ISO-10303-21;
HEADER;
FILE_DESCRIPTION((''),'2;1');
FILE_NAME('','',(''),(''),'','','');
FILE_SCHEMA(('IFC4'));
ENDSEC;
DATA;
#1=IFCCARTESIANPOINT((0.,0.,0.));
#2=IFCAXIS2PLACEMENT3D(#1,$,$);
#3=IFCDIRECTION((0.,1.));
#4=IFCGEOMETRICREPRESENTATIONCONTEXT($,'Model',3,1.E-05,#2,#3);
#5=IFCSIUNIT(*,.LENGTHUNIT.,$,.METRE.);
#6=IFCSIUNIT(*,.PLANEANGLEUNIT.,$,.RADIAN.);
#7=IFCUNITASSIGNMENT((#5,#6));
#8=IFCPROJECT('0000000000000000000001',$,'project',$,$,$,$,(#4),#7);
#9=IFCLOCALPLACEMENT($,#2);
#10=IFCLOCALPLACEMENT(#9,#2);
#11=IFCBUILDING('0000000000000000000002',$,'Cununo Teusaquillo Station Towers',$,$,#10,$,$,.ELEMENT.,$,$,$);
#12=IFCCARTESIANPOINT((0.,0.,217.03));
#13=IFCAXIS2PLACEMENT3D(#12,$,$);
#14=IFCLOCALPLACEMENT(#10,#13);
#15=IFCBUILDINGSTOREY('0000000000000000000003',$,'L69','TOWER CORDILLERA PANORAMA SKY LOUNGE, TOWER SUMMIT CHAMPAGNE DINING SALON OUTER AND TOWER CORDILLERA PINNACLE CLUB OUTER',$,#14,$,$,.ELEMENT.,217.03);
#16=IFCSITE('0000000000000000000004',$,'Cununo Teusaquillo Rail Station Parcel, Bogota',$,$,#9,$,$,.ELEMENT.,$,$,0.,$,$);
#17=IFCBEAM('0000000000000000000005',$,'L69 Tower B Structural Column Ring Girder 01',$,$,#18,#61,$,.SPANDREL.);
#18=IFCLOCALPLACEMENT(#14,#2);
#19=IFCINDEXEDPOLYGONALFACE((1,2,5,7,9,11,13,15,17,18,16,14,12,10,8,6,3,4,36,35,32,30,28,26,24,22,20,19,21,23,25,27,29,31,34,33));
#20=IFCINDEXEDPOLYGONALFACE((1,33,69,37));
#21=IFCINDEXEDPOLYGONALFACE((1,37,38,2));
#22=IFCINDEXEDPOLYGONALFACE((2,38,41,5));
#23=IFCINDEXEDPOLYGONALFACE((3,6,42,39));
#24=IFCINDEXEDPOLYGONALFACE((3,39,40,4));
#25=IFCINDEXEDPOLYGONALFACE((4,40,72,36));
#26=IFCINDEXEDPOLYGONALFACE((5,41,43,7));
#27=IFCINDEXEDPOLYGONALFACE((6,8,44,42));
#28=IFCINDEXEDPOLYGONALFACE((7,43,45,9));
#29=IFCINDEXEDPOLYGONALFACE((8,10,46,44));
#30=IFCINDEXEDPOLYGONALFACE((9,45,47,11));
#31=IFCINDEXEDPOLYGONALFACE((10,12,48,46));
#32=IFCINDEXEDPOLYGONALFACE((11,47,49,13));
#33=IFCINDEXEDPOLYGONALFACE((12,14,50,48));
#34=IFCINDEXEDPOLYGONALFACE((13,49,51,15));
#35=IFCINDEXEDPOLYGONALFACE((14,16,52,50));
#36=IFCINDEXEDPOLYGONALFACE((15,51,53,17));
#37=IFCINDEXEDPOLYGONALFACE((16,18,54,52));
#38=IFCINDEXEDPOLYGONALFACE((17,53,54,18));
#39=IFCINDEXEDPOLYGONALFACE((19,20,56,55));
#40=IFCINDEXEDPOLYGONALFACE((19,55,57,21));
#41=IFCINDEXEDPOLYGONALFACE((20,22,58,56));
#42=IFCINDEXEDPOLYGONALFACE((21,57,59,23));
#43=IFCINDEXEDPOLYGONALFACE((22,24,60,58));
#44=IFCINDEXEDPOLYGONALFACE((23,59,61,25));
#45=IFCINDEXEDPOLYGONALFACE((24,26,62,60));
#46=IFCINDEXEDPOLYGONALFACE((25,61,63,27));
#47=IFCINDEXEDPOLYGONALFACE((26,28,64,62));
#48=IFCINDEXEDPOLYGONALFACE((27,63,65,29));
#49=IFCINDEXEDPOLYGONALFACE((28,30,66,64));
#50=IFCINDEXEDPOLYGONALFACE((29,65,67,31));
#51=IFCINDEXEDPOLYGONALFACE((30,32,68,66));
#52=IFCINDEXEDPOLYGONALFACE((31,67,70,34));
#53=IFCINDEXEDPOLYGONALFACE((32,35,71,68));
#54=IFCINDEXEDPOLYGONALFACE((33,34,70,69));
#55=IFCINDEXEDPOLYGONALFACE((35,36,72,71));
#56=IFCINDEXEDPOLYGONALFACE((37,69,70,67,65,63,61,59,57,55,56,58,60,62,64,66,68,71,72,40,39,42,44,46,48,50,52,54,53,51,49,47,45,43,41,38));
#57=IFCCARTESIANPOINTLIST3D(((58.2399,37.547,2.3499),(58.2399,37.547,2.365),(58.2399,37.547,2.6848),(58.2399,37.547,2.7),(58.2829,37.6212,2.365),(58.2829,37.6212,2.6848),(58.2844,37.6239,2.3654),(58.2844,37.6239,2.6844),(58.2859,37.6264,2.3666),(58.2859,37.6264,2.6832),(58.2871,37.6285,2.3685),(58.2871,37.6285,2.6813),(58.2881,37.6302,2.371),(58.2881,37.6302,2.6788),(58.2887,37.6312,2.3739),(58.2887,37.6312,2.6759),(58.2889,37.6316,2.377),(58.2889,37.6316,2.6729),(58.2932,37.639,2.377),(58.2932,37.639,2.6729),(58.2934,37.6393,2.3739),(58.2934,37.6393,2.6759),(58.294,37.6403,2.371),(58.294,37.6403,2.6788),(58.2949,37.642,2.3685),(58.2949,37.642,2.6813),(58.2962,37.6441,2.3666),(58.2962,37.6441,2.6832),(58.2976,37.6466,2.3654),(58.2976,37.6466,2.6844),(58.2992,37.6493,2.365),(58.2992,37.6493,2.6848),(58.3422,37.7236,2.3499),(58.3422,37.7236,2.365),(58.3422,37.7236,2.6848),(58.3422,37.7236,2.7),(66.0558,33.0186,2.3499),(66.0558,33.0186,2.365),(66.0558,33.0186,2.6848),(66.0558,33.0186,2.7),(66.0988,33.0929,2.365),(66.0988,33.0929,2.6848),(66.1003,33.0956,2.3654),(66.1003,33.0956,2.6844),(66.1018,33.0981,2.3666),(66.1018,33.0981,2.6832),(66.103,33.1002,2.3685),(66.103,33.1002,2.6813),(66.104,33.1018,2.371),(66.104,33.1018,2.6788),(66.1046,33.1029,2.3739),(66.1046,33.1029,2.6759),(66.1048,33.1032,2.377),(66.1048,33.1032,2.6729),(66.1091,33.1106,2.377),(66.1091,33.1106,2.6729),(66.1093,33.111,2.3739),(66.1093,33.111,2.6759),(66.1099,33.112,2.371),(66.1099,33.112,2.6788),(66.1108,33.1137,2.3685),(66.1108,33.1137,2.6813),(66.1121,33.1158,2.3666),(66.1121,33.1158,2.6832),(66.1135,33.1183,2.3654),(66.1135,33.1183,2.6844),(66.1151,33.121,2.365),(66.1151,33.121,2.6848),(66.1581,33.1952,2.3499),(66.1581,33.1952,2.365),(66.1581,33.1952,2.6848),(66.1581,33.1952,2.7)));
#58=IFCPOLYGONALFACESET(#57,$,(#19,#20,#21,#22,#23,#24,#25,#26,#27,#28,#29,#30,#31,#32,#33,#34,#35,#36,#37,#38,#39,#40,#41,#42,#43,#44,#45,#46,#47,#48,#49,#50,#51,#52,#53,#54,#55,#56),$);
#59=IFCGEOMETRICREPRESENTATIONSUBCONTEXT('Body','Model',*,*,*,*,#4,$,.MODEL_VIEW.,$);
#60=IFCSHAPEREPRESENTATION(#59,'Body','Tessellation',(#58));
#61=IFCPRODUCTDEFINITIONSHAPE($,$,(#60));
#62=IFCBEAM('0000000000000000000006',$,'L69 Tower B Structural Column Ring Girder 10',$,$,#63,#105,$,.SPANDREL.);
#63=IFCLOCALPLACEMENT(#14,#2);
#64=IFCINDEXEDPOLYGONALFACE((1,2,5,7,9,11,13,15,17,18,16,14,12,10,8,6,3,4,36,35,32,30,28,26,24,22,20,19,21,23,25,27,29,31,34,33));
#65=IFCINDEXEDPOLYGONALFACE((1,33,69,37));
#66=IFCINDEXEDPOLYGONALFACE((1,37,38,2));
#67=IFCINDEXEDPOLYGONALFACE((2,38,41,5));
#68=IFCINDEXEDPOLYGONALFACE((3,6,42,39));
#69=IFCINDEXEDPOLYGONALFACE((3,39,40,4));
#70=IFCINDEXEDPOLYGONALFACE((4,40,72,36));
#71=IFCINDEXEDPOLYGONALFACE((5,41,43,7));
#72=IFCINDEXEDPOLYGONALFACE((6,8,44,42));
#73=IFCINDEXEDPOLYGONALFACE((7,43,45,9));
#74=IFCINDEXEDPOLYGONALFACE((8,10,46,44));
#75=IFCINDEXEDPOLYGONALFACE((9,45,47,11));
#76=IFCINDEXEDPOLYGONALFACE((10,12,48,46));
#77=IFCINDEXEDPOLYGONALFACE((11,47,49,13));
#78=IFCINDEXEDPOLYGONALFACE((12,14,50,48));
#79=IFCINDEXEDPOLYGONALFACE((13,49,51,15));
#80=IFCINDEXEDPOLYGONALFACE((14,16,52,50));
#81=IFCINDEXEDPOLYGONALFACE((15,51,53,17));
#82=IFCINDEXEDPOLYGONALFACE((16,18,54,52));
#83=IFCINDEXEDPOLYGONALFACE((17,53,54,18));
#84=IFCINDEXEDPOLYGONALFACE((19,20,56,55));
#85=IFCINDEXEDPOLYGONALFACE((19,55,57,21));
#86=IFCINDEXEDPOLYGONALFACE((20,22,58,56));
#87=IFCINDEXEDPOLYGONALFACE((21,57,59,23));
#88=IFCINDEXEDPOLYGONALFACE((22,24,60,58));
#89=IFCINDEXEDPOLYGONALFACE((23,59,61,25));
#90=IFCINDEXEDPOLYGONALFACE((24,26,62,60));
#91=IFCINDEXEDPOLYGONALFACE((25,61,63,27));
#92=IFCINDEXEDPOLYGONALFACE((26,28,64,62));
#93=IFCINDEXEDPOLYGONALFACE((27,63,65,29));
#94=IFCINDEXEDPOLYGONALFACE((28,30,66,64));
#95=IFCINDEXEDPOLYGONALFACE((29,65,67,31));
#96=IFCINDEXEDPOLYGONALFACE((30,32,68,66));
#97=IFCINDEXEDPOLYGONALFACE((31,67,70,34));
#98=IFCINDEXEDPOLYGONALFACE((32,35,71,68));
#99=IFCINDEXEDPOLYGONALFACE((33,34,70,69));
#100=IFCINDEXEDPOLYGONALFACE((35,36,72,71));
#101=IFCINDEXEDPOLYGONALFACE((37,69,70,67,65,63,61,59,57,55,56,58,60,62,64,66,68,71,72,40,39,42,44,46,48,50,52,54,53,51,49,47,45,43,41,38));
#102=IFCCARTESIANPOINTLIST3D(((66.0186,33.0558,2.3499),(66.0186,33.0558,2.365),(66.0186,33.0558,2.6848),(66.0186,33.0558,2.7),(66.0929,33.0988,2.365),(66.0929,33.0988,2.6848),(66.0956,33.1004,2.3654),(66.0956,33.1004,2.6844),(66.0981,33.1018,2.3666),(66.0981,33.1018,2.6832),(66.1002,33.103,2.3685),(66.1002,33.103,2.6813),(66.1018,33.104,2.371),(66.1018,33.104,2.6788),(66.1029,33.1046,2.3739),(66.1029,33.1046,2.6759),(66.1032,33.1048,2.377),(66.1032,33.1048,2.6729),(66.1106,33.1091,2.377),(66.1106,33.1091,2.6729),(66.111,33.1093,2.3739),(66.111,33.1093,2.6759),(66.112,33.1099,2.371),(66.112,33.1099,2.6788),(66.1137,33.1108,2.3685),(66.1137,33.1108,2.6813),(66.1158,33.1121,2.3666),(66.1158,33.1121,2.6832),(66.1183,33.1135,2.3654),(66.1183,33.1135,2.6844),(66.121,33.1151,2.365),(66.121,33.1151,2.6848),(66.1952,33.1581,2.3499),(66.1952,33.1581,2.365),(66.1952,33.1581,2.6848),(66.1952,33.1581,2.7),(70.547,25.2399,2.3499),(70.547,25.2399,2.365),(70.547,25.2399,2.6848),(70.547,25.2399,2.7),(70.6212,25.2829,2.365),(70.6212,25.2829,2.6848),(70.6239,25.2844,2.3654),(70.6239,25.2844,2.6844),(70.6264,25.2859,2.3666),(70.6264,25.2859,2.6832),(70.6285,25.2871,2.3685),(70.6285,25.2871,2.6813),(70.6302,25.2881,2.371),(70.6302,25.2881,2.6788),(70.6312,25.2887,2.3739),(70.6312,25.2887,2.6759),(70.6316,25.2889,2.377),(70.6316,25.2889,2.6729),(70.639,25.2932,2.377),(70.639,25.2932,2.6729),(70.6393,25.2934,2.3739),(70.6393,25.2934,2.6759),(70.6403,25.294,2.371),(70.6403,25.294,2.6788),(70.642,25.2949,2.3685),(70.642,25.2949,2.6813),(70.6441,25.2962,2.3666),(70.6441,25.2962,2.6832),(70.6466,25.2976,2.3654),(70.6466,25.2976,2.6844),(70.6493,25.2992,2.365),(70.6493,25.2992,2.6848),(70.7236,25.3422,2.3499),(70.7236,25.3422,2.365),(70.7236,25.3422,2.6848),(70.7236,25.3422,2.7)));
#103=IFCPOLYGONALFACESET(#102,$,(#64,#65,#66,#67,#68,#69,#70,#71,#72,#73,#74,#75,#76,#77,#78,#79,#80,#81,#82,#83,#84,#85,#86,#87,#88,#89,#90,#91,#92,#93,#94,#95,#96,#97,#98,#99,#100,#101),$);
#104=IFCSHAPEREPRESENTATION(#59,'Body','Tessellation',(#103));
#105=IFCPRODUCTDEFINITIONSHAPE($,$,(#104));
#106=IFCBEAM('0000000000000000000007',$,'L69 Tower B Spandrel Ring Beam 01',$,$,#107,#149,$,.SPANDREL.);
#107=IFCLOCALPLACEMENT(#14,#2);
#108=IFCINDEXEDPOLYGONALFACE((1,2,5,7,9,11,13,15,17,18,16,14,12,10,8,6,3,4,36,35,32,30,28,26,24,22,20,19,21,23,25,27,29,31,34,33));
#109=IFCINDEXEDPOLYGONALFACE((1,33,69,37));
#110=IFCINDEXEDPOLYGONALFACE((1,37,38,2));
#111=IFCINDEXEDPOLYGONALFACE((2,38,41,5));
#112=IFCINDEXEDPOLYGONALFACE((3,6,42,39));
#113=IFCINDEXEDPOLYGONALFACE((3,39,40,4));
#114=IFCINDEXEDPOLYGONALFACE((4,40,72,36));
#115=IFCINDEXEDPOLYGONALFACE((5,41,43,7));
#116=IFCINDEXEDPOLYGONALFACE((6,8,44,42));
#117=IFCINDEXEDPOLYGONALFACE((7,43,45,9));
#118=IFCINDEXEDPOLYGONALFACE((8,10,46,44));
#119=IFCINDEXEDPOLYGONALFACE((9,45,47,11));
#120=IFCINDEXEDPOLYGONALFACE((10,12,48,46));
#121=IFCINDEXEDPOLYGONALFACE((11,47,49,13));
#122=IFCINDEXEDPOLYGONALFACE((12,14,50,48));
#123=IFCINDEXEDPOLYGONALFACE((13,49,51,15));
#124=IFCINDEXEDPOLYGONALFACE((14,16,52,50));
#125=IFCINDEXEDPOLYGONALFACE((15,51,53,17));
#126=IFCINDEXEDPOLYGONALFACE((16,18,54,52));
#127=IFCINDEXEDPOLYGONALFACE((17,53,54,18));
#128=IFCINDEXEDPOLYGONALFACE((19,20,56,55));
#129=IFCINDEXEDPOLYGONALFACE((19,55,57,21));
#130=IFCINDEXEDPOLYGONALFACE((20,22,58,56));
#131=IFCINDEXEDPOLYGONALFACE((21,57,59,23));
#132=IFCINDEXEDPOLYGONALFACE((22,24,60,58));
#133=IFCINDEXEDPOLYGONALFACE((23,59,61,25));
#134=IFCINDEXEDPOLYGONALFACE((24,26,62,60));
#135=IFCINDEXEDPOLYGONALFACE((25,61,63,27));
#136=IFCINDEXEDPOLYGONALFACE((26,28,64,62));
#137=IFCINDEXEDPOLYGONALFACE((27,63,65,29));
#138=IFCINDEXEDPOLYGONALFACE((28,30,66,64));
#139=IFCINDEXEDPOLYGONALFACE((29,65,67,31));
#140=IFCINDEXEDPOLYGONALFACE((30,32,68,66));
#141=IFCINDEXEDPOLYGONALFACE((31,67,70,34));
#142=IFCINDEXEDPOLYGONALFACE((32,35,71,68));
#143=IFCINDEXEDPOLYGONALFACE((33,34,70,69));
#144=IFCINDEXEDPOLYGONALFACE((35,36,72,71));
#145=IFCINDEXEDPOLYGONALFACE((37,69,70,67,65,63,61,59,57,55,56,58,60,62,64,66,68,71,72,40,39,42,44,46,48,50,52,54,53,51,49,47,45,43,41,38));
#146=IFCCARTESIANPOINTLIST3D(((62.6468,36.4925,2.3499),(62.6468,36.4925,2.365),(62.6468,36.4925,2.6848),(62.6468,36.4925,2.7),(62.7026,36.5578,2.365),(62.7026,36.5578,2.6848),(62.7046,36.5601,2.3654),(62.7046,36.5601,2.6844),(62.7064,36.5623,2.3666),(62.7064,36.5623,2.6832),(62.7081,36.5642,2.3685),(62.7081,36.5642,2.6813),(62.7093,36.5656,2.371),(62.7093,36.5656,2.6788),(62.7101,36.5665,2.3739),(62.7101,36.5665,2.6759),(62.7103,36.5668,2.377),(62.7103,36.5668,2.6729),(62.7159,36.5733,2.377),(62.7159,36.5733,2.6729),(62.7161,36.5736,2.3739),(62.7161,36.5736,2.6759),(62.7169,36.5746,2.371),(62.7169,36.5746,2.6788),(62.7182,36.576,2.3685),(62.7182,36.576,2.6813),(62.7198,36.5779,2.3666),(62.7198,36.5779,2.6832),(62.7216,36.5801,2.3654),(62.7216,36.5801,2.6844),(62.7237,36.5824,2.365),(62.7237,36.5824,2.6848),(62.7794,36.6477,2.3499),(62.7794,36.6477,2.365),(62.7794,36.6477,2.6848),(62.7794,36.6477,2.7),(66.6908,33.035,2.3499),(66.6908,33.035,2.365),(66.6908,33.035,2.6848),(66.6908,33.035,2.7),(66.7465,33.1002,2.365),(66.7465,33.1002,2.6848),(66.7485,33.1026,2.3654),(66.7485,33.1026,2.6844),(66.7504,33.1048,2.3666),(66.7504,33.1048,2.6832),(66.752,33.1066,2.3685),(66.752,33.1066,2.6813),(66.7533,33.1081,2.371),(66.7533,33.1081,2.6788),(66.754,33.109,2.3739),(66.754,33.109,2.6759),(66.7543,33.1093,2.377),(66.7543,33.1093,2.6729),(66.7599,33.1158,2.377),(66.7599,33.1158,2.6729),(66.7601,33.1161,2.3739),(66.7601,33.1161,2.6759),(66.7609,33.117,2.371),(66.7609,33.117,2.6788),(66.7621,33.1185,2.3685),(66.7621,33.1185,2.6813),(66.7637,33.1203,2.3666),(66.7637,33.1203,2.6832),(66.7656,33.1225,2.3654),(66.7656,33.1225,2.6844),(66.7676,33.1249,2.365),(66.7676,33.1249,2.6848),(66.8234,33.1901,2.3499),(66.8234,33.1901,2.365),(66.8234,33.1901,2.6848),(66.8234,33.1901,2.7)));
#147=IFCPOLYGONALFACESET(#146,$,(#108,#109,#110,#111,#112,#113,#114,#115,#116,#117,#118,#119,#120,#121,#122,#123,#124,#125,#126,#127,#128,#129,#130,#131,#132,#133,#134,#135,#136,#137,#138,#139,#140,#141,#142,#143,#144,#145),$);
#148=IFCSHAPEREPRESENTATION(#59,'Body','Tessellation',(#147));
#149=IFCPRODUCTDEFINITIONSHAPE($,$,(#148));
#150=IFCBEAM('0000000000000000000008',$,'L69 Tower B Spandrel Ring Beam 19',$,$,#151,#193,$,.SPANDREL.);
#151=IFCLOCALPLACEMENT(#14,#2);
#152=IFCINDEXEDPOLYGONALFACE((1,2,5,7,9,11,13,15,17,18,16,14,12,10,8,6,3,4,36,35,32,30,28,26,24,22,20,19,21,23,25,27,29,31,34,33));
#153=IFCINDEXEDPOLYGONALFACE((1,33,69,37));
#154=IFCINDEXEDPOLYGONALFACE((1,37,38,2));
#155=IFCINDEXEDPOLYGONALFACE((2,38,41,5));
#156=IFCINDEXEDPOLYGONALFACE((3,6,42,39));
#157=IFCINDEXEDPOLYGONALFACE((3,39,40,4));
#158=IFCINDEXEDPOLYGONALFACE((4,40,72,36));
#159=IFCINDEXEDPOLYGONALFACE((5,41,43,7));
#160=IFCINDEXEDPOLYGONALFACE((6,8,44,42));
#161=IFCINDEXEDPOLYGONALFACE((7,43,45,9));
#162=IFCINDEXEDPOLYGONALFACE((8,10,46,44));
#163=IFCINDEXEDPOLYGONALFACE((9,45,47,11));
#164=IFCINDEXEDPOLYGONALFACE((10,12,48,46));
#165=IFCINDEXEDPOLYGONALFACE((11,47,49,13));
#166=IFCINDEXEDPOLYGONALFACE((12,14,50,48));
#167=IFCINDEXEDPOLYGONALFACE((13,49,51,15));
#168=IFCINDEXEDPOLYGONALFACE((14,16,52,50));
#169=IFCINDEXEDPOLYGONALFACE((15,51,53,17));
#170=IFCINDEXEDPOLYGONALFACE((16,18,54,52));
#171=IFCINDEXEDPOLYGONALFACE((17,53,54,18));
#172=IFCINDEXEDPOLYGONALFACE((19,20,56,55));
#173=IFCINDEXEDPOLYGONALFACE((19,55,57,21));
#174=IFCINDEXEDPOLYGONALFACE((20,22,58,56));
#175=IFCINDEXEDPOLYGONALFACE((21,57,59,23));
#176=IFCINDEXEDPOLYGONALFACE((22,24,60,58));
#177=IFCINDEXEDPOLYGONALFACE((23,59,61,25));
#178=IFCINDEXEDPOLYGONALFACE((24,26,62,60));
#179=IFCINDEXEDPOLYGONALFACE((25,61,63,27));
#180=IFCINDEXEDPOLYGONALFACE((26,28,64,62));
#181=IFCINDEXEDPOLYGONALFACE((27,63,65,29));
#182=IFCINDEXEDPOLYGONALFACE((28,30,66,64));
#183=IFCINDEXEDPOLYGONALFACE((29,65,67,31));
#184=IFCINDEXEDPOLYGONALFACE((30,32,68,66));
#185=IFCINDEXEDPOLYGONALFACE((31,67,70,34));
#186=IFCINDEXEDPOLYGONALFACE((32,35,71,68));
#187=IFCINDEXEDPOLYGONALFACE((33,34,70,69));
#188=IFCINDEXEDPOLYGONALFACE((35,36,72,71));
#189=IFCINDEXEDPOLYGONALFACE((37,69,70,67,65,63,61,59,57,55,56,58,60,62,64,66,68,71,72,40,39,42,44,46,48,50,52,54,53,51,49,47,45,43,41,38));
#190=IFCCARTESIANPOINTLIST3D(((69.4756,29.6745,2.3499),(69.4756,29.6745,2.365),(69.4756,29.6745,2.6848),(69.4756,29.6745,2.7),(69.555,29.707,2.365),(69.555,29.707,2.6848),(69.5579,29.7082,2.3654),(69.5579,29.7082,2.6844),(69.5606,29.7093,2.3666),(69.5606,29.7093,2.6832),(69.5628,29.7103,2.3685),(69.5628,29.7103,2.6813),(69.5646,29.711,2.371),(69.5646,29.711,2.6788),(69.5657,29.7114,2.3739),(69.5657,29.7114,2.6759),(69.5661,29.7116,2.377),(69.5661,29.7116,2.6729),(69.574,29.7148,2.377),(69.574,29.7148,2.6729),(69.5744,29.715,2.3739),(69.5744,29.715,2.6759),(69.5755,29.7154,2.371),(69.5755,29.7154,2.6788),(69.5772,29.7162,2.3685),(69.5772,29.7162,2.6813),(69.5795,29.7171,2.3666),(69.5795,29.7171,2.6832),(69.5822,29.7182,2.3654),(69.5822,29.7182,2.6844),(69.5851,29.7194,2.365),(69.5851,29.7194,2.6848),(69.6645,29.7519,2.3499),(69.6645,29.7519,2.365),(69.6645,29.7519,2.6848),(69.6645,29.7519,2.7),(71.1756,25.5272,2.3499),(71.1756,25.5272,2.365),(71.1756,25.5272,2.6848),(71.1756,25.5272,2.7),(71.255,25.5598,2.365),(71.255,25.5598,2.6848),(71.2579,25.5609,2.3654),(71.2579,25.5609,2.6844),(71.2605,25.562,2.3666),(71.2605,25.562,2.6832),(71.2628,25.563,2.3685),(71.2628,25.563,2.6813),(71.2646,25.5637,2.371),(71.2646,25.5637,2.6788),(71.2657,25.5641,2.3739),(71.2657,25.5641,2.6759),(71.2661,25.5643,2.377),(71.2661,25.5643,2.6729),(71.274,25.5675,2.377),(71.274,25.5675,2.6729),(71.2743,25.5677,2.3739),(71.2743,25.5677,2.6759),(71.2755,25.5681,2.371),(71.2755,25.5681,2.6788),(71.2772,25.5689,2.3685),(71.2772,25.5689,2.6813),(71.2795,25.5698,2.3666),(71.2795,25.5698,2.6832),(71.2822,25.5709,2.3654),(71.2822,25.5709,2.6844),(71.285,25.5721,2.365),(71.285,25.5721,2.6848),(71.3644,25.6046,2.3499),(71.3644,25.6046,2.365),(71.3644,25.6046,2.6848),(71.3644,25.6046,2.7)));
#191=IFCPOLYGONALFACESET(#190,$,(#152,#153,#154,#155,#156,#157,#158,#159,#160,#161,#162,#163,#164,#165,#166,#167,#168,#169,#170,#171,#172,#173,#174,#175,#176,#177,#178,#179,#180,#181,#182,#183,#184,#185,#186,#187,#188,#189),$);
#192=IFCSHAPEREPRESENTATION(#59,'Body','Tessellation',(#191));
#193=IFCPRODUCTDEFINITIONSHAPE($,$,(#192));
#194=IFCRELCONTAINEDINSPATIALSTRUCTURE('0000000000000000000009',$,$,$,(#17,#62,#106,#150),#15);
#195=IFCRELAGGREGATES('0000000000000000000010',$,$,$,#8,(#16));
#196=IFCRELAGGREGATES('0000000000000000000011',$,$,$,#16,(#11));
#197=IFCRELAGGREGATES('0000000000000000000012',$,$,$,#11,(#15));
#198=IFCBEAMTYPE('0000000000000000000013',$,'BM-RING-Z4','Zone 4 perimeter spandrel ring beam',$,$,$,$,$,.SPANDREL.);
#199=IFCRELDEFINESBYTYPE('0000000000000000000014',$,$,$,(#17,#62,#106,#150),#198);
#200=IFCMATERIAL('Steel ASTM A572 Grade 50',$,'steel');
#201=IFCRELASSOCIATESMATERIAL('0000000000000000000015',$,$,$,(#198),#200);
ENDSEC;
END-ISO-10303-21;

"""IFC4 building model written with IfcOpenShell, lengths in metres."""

from ifc_helpers import new_model, si_unit, direction, frame, origin, origin_2d, place, context, subcontext, project, spatial, i_section, extrude, material, material_profile, profile_set, type_object, element, save


model = new_model("IFC4")

# Units and contexts
model_context = context("Model", 3, precision=1e-05, world=origin(), true_north=direction((0.0, 1.0)))
body_context = subcontext(model_context, "Body", "Model", "MODEL_VIEW")
ifc_project = project(units=[si_unit("LENGTHUNIT", "METRE"), si_unit("PLANEANGLEUNIT", "RADIAN")], contexts=[model_context])

# Site, building, storey
site_placement = place(None, origin())
site = spatial("IfcSite", under=ifc_project, at=site_placement, Name="Cununo Teusaquillo Rail Station Parcel, Bogota", CompositionType="ELEMENT", RefElevation=0.0)
building_placement = place(site_placement, origin())
building = spatial("IfcBuilding", under=site, at=building_placement, Name="Cununo Teusaquillo Station Towers", CompositionType="ELEMENT")
storey_placement = place(building_placement, frame((0.0, 0.0, 217.03)))
storey = spatial("IfcBuildingStorey", under=building, at=storey_placement, Name="L69", Description="TOWER CORDILLERA PANORAMA SKY LOUNGE, TOWER SUMMIT CHAMPAGNE DINING SALON OUTER AND TOWER CORDILLERA PINNACLE CLUB OUTER", CompositionType="ELEMENT", Elevation=217.03)

# Beams
ifc_material_1 = material(Name="Steel ASTM A572 Grade 50", Category="steel")
ifc_material_profile_1 = material_profile(ifc_material_1, i_section(OverallWidth=0.2041, OverallDepth=0.3501, WebThickness=0.0085, FlangeThickness=0.0151, FilletRadius=0.012, at=origin_2d()), Name="W14X48")
ifc_profile_set_1 = profile_set([ifc_material_profile_1], Name="Steel ASTM A572 Grade 50")
beam_type_1 = type_object("IfcBeamType", Name="BM-RING-Z4", Description="Zone 4 perimeter spandrel ring beam", PredefinedType="SPANDREL", material=ifc_profile_set_1)
for number, where, z_axis, x_axis, name in (
    (1, (66.1069, 33.1069, 2.5249), (-0.865267, 0.501311, 0.0), (-0.501311, -0.865267, 0.0), "L69 Tower B Structural Column Ring Girder 01"),
    (2, (70.6353, 25.291, 2.5249), (-0.501311, 0.865267, 0.0), (-0.865267, -0.501311, 0.0), "L69 Tower B Structural Column Ring Girder 10"),
):
    element("IfcBeam", number, at=place(storey_placement, frame(where, z_axis=z_axis, x_axis=x_axis)), inside=storey, type_object=beam_type_1, Name=name, PredefinedType="SPANDREL", context=body_context, shape_type="SweptSolid", body=[
        extrude(i_section(OverallWidth=0.2041, OverallDepth=0.3501, WebThickness=0.0085, FlangeThickness=0.0151, FilletRadius=0.012, at=origin_2d()), origin(), (0.0, 0.0, 1.0), 9.033),
    ])
beam_1_placement = place(storey_placement, frame((66.7571, 33.1125, 2.5249), z_axis=(-0.760066, 0.649846, 0.0), x_axis=(-0.649846, -0.760066, 0.0)))
element("IfcBeam", 3, at=beam_1_placement, inside=storey, type_object=beam_type_1, Name="L69 Tower B Spandrel Ring Beam 01", PredefinedType="SPANDREL", context=body_context, shape_type="SweptSolid", body=[
    extrude(i_section(OverallWidth=0.2041, OverallDepth=0.3501, WebThickness=0.0085, FlangeThickness=0.0151, FilletRadius=0.012, at=origin_2d()), origin(), (0.0, 0.0, 1.0), 5.3206),
])
beam_2_placement = place(storey_placement, frame((71.27, 25.5659, 2.5249), z_axis=(-0.379275, 0.925284, 0.0), x_axis=(-0.925284, -0.379275, 0.0)))
element("IfcBeam", 4, at=beam_2_placement, inside=storey, type_object=beam_type_1, Name="L69 Tower B Spandrel Ring Beam 19", PredefinedType="SPANDREL", context=body_context, shape_type="SweptSolid", body=[
    extrude(i_section(OverallWidth=0.2041, OverallDepth=0.3501, WebThickness=0.0085, FlangeThickness=0.0151, FilletRadius=0.012, at=origin_2d()), origin(), (0.0, 0.0, 1.0), 4.4822),
])

save(model, "model.ifc")
